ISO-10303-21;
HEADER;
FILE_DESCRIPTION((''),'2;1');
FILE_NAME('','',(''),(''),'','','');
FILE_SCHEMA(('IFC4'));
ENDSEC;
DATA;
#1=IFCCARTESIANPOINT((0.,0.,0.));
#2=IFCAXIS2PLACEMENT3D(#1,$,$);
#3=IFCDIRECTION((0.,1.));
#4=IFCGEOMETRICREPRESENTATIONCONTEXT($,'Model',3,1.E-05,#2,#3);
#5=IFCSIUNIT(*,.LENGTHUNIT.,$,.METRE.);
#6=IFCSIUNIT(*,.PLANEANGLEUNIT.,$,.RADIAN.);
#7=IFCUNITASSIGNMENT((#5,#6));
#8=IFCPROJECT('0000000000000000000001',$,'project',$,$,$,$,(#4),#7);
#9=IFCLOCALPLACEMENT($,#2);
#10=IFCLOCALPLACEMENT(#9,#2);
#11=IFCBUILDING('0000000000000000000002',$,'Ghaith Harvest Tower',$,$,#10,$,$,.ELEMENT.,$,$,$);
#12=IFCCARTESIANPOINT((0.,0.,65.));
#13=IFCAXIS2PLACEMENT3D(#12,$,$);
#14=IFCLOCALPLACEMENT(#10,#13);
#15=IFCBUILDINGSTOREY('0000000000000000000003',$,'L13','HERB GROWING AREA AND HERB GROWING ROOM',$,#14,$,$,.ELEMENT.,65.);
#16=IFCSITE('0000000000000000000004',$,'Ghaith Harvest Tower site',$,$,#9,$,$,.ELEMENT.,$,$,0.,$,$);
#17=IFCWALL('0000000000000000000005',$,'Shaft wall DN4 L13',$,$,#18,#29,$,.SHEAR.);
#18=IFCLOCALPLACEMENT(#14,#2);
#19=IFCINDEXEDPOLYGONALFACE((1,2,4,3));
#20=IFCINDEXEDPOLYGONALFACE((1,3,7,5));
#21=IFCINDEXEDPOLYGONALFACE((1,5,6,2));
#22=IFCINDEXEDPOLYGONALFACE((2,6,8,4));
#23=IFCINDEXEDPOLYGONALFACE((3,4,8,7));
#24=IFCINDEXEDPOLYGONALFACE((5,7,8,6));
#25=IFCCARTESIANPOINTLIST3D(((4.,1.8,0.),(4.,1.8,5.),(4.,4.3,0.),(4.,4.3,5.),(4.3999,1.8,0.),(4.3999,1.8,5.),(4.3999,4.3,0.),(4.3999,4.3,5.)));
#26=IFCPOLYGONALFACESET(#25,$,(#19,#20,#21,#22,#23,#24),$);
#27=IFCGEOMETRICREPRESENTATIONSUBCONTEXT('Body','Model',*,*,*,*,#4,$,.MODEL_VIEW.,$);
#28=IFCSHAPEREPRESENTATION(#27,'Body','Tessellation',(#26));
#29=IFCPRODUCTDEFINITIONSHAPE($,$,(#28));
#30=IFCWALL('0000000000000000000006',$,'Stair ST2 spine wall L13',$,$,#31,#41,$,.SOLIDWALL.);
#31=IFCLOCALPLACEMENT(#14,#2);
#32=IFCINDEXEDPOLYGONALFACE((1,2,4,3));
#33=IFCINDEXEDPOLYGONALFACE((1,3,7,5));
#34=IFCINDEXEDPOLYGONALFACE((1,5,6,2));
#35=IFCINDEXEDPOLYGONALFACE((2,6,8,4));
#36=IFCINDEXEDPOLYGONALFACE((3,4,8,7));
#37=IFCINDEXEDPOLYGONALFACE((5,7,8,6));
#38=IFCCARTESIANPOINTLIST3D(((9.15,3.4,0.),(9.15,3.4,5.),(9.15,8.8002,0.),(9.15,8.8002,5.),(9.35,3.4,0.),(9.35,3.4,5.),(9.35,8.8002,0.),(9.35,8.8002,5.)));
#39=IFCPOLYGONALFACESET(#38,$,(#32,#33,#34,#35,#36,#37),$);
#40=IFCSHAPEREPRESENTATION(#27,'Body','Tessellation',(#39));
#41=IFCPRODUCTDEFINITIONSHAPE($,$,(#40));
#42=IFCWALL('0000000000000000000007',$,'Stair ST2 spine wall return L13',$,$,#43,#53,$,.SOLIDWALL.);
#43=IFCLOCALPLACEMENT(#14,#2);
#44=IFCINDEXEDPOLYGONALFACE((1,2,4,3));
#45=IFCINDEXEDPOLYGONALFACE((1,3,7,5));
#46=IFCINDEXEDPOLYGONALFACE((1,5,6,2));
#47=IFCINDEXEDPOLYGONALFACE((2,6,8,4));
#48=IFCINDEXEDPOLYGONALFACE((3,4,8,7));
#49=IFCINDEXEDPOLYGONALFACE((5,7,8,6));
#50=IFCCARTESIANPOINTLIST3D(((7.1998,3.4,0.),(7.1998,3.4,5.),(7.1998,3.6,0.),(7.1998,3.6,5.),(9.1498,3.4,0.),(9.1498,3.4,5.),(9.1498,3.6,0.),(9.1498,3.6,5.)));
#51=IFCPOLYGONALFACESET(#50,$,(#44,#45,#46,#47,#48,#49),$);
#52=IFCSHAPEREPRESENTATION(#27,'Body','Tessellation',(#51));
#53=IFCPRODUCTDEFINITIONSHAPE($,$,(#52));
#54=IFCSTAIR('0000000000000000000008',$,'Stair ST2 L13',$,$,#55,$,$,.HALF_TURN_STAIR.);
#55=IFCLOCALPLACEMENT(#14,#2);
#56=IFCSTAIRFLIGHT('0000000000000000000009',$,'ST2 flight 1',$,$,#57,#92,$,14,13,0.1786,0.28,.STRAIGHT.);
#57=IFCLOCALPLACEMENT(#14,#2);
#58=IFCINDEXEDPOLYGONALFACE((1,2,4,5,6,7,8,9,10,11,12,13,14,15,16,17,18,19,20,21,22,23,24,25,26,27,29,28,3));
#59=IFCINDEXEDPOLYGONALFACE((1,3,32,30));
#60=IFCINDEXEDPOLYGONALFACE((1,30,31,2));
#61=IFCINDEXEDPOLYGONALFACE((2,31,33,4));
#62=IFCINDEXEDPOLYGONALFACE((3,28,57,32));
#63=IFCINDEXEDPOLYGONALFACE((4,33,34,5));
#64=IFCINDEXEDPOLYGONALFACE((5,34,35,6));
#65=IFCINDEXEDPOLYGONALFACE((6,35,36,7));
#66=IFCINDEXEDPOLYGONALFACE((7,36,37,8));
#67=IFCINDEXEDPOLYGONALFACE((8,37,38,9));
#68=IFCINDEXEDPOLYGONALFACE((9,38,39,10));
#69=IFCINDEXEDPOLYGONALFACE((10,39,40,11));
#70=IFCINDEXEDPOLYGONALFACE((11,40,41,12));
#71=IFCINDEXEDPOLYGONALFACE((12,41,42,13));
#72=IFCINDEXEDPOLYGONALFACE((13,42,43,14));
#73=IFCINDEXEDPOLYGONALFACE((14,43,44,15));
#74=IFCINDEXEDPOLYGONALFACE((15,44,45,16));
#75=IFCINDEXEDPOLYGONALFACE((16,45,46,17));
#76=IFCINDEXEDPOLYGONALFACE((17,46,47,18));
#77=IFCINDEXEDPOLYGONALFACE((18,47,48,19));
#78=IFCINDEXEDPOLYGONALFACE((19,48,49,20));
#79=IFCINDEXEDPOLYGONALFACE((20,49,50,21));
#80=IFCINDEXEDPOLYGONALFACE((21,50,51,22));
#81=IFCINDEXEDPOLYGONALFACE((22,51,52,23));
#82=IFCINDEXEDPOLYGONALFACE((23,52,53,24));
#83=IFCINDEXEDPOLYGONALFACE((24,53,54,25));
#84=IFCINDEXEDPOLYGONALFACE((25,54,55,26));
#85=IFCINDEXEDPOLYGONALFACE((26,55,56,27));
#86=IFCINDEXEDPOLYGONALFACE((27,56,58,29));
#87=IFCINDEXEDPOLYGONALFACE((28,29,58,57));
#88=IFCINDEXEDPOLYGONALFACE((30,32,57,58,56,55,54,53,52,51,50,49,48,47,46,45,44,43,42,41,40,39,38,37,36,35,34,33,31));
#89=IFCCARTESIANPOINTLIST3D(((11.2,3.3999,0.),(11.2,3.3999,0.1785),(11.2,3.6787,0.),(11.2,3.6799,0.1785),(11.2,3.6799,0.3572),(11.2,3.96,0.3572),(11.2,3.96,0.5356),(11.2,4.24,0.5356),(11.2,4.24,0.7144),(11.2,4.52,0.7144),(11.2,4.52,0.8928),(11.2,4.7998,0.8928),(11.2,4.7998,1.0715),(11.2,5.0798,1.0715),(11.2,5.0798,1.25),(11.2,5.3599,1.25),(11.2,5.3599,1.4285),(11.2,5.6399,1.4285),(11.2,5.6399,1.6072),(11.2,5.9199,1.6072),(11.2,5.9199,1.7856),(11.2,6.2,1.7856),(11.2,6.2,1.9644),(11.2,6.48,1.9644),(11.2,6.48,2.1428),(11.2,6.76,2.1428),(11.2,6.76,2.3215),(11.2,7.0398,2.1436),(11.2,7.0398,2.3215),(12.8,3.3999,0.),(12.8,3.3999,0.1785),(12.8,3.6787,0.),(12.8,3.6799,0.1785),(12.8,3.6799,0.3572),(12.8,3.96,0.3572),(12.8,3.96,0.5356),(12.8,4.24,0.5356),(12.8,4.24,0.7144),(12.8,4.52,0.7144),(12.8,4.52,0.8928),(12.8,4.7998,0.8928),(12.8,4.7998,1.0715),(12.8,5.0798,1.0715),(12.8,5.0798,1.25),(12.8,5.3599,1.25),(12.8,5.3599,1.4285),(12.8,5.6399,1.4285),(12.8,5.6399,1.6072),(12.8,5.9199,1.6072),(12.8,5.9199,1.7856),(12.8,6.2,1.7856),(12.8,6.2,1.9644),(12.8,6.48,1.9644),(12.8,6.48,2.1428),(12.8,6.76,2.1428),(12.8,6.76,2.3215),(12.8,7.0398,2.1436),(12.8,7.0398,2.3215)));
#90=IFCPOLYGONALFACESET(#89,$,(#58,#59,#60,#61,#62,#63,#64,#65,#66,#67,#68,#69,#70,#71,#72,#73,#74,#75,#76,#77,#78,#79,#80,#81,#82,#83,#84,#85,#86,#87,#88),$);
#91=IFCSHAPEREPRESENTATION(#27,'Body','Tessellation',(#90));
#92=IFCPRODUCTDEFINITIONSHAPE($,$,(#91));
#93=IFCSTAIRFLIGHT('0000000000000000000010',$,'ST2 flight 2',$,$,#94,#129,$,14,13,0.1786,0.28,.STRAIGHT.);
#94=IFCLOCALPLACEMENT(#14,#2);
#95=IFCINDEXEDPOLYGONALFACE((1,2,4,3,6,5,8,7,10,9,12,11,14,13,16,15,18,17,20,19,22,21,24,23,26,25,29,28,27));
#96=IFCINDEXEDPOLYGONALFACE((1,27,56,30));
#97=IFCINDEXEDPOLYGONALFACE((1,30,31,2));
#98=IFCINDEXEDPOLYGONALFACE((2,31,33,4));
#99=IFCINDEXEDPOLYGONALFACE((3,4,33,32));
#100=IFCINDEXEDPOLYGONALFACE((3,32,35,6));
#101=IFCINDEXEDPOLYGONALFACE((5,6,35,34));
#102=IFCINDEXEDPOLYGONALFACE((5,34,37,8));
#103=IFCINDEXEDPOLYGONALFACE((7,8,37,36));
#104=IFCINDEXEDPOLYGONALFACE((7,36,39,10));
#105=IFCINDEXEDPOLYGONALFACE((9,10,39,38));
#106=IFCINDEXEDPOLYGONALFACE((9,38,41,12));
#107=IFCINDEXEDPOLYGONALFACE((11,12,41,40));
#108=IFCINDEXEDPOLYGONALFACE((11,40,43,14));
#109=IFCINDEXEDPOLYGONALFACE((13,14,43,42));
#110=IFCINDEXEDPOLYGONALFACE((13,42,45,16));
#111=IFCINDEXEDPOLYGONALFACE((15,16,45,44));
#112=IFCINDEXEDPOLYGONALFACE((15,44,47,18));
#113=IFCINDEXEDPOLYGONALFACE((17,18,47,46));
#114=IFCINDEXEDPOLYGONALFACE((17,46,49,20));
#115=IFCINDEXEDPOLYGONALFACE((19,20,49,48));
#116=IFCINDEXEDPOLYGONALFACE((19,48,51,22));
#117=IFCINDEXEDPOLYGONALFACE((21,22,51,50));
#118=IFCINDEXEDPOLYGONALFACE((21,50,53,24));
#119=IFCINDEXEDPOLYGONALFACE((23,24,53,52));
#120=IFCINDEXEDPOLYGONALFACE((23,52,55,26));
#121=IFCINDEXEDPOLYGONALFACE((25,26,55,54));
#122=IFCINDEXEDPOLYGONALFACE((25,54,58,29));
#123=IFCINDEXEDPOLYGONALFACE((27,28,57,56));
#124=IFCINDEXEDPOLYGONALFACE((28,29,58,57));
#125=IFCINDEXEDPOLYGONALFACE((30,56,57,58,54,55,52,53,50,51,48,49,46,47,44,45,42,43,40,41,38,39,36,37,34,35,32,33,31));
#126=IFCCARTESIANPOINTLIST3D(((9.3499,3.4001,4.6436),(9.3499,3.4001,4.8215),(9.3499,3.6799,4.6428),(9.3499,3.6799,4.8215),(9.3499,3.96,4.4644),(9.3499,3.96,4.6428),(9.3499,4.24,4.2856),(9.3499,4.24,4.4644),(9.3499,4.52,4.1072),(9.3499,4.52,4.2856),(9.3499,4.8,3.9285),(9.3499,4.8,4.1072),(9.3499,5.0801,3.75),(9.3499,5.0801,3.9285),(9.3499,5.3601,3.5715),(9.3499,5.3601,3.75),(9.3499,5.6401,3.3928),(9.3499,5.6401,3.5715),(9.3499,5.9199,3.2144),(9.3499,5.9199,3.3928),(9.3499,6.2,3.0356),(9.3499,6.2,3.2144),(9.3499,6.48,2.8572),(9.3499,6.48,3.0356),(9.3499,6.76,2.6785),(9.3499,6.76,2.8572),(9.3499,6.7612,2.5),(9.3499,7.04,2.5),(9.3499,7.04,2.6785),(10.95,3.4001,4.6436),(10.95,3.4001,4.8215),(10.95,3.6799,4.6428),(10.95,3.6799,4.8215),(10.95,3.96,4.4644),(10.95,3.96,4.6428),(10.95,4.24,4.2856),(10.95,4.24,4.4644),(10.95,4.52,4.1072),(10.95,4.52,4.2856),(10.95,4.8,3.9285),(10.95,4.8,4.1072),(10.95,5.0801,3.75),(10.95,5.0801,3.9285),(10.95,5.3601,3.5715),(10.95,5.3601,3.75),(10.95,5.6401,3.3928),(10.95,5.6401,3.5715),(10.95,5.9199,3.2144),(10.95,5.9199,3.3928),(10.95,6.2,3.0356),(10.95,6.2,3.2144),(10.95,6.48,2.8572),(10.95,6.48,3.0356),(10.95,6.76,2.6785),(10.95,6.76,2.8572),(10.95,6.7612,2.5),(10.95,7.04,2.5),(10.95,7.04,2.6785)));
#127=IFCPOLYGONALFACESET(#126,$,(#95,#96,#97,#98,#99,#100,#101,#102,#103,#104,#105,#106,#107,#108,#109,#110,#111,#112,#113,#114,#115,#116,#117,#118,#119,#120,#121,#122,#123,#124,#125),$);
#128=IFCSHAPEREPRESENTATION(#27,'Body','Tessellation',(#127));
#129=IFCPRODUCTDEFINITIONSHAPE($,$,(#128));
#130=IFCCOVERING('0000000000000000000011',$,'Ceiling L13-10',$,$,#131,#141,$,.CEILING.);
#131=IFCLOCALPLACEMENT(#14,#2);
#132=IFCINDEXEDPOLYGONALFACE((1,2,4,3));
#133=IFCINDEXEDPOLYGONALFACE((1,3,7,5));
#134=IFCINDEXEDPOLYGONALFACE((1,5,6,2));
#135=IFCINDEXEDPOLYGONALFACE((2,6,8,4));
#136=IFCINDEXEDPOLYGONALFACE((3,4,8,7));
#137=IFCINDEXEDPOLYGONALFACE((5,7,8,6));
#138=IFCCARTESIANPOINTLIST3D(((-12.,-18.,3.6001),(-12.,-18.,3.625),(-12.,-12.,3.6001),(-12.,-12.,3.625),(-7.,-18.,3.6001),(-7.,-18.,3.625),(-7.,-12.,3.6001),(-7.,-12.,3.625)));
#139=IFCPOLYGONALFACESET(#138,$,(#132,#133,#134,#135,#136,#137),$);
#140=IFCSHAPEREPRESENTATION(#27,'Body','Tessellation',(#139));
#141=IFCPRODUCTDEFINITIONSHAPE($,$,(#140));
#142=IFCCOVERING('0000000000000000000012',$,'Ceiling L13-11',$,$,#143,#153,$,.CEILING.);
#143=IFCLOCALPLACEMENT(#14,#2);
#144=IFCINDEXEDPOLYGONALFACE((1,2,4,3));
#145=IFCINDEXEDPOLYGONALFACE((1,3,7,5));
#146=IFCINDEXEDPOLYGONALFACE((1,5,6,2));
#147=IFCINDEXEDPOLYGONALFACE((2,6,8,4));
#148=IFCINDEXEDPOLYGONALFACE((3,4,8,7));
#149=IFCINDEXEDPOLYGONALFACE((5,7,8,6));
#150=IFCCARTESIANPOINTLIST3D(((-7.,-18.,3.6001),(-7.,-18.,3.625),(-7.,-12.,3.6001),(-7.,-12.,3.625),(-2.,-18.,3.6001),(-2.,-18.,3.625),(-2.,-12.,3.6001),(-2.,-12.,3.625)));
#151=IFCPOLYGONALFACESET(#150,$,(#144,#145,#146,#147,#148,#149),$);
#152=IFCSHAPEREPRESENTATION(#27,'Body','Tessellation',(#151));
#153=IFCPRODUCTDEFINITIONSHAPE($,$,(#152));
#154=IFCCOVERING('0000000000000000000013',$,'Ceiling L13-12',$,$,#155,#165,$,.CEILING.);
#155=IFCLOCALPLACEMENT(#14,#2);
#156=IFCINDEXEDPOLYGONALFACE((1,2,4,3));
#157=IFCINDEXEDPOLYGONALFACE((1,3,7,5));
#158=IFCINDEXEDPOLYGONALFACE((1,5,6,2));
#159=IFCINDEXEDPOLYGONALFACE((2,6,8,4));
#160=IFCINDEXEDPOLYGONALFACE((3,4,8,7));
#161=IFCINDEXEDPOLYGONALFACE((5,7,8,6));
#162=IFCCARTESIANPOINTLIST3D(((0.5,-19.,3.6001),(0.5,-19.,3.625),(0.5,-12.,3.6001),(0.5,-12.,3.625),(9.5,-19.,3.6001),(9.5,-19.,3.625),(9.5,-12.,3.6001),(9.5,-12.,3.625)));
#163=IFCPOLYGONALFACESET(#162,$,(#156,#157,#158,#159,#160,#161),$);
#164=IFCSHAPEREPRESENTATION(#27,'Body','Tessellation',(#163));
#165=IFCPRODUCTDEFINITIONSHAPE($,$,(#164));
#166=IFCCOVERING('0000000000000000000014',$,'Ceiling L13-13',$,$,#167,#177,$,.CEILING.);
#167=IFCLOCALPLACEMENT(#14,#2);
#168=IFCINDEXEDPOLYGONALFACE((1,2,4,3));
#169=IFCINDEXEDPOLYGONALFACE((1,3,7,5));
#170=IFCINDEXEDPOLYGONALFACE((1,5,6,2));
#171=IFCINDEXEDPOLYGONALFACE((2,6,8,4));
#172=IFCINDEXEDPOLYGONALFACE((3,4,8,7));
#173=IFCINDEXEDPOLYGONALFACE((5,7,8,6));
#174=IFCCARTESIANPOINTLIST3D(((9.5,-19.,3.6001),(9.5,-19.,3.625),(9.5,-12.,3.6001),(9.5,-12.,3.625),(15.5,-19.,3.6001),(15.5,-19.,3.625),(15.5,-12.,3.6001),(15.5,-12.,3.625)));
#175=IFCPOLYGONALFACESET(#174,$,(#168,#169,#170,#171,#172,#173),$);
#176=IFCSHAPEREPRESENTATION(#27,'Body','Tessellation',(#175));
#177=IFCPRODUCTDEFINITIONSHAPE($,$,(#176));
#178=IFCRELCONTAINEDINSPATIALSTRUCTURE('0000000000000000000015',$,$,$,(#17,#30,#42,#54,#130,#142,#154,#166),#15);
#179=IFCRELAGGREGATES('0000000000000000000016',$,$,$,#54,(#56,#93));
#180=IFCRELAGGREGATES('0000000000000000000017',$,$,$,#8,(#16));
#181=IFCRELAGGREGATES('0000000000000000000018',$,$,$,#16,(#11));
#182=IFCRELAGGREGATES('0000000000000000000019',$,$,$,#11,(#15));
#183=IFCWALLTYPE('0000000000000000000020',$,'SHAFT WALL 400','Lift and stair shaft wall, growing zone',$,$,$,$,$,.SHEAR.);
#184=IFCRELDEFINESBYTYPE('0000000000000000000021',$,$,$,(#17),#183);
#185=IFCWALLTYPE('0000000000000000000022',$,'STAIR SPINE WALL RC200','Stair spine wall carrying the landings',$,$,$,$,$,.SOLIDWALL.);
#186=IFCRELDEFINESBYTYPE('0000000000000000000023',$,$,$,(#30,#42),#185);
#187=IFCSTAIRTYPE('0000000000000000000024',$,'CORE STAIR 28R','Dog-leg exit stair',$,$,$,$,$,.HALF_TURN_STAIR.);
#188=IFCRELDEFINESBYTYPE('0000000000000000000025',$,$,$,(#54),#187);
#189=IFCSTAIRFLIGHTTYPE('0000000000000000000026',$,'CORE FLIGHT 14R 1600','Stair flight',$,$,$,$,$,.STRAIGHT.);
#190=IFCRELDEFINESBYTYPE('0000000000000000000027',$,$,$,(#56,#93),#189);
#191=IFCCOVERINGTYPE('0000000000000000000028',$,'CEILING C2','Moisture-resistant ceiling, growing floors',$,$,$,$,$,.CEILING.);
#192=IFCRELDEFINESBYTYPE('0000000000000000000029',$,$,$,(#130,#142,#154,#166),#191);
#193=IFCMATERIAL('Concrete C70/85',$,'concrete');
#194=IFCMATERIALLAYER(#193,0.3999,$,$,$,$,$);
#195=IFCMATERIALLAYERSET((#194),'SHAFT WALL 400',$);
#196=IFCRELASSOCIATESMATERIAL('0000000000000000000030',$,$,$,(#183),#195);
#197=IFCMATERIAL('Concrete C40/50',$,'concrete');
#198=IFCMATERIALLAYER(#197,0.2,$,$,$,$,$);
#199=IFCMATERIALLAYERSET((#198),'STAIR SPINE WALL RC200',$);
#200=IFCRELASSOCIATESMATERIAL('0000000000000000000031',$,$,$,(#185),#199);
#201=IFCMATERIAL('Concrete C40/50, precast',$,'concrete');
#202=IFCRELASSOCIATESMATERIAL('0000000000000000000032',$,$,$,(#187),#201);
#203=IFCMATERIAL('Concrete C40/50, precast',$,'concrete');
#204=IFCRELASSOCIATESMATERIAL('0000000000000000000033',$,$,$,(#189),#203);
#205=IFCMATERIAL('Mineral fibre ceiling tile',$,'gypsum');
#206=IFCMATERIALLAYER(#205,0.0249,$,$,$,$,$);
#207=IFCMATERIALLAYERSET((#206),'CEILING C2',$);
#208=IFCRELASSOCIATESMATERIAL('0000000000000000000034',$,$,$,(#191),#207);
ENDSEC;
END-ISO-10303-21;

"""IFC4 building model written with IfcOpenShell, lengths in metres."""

from ifc_helpers import new_model, si_unit, direction, frame, frame_2d, origin, place, context, subcontext, project, spatial, polyline, rectangle, outline, extrude, material, layer, layer_set, type_object, element, aggregate, save


model = new_model("IFC4")

# Units and contexts
model_context = context("Model", 3, precision=1e-05, world=origin(), true_north=direction((0.0, 1.0)))
body_context = subcontext(model_context, "Body", "Model", "MODEL_VIEW")
ifc_project = project(units=[si_unit("LENGTHUNIT", "METRE"), si_unit("PLANEANGLEUNIT", "RADIAN")], contexts=[model_context])

# Site, building, storey
site_placement = place(None, origin())
site = spatial("IfcSite", under=ifc_project, at=site_placement, Name="Ghaith Harvest Tower site", CompositionType="ELEMENT", RefElevation=0.0)
building_placement = place(site_placement, origin())
building = spatial("IfcBuilding", under=site, at=building_placement, Name="Ghaith Harvest Tower", CompositionType="ELEMENT")
storey_placement = place(building_placement, frame((0.0, 0.0, 65.0)))
storey = spatial("IfcBuildingStorey", under=building, at=storey_placement, Name="L13", Description="HERB GROWING AREA AND HERB GROWING ROOM", CompositionType="ELEMENT", Elevation=65.0)

# Shared definitions
ifc_material_1 = material(Name="Concrete C70/85", Category="concrete")
ifc_layer_1 = layer(ifc_material_1, 0.3999)
ifc_layer_set_1 = layer_set([ifc_layer_1], Name="SHAFT WALL 400")
wall_type_1 = type_object("IfcWallType", Name="SHAFT WALL 400", Description="Lift and stair shaft wall, growing zone", PredefinedType="SHEAR", material=ifc_layer_set_1)

# Walls
for number, where, z_axis, x_axis, name in (
    (1, (4.2, 1.8, 0.0), (0.0, 0.0, 1.0), (0.0, 1.0, 0.0), "Shaft wall DN4 L13"),
):
    element("IfcWall", number, at=place(storey_placement, frame(where, z_axis=z_axis, x_axis=x_axis)), inside=storey, type_object=wall_type_1, Name=name, PredefinedType="SHEAR", context=body_context, shape_type="SweptSolid", body=[
        extrude(rectangle(XDim=2.5, YDim=0.3999, at=frame_2d((1.25, 0.0))), origin(), (0.0, 0.0, 1.0), 5.0),
    ])
ifc_material_2 = material(Name="Concrete C40/50", Category="concrete")
ifc_layer_2 = layer(ifc_material_2, 0.2)
ifc_layer_set_2 = layer_set([ifc_layer_2], Name="STAIR SPINE WALL RC200")
wall_type_2 = type_object("IfcWallType", Name="STAIR SPINE WALL RC200", Description="Stair spine wall carrying the landings", PredefinedType="SOLIDWALL", material=ifc_layer_set_2)
wall_1_placement = place(storey_placement, frame((9.25, 3.3999, 0.0), z_axis=(0.0, 0.0, 1.0), x_axis=(0.0, 1.0, 0.0)))
element("IfcWall", 2, at=wall_1_placement, inside=storey, type_object=wall_type_2, Name="Stair ST2 spine wall L13", PredefinedType="SOLIDWALL", context=body_context, shape_type="SweptSolid", body=[
    extrude(rectangle(XDim=5.4001, YDim=0.2, at=frame_2d((2.7002, 0.0))), origin(), (0.0, 0.0, 1.0), 5.0),
])
wall_2_placement = place(storey_placement, frame((9.1499, 3.5, 0.0), z_axis=(0.0, 0.0, 1.0), x_axis=(-1.0, 0.0, 0.0)))
element("IfcWall", 3, at=wall_2_placement, inside=storey, type_object=wall_type_2, Name="Stair ST2 spine wall return L13", PredefinedType="SOLIDWALL", context=body_context, shape_type="SweptSolid", body=[
    extrude(rectangle(XDim=1.95, YDim=0.2, at=frame_2d((0.9751, 0.0))), origin(), (0.0, 0.0, 1.0), 5.0),
])

# Stair, stair flights
ifc_material_3 = material(Name="Concrete C40/50, precast", Category="concrete")
stair_type = type_object("IfcStairType", Name="CORE STAIR 28R", Description="Dog-leg exit stair", PredefinedType="HALF_TURN_STAIR", material=ifc_material_3)
stair_placement = place(storey_placement, origin())
stair = element("IfcStair", 4, at=stair_placement, inside=storey, type_object=stair_type, Name="Stair ST2 L13", PredefinedType="HALF_TURN_STAIR")
ifc_material_4 = material(Name="Concrete C40/50, precast", Category="concrete")
stair_flight_type = type_object("IfcStairFlightType", Name="CORE FLIGHT 14R 1600", Description="Stair flight", PredefinedType="STRAIGHT", material=ifc_material_4)
stair_flight_1_placement = place(storey_placement, frame((12.0, 3.3999, 0.0), z_axis=(0.0, 0.0, 1.0), x_axis=(0.0, 1.0, 0.0)))
stair_flight_1 = element("IfcStairFlight", 5, at=stair_flight_1_placement, type_object=stair_flight_type, Name="ST2 flight 1", NumberOfRisers=14, NumberOfTreads=13, PredefinedType="STRAIGHT", RiserHeight=0.1786, TreadLength=0.28, context=body_context, shape_type="SweptSolid", body=[
    extrude(outline(polyline([(0.0, 0.0), (0.0, 0.1785), (0.28, 0.1785), (0.28, 0.3572), (0.5601, 0.3572), (0.5601, 0.5356), (0.8401, 0.5356), (0.8401, 0.7144), (1.1201, 0.7144), (1.1201, 0.8928), (1.3999, 0.8928), (1.3999, 1.0715), (1.6799, 1.0715), (1.6799, 1.25), (1.96, 1.25), (1.96, 1.4285), (2.24, 1.4285), (2.24, 1.6072), (2.52, 1.6072), (2.52, 1.7856), (2.8, 1.7856), (2.8, 1.9644), (3.0801, 1.9644), (3.0801, 2.1428), (3.3601, 2.1428), (3.3601, 2.3215), (3.6399, 2.3215), (3.6399, 2.5), (3.6399, 2.1436), (0.2788, 0.0), (0.0, 0.0)])), frame((0.0, 0.8, 0.0), z_axis=(0.0, -1.0, 0.0), x_axis=(1.0, 0.0, 0.0)), (0.0, 0.0, 1.0), 1.6001),
])
stair_flight_2_placement = place(storey_placement, frame((10.1499, 7.04, 2.5), z_axis=(0.0, 0.0, 1.0), x_axis=(0.0, -1.0, 0.0)))
stair_flight_2 = element("IfcStairFlight", 6, at=stair_flight_2_placement, type_object=stair_flight_type, Name="ST2 flight 2", NumberOfRisers=14, NumberOfTreads=13, PredefinedType="STRAIGHT", RiserHeight=0.1786, TreadLength=0.28, context=body_context, shape_type="SweptSolid", body=[
    extrude(outline(polyline([(0.0, 0.0), (0.0, 0.1785), (0.28, 0.1785), (0.28, 0.3572), (0.5601, 0.3572), (0.5601, 0.5356), (0.8401, 0.5356), (0.8401, 0.7144), (1.1201, 0.7144), (1.1201, 0.8928), (1.3999, 0.8928), (1.3999, 1.0715), (1.6799, 1.0715), (1.6799, 1.25), (1.96, 1.25), (1.96, 1.4285), (2.24, 1.4285), (2.24, 1.6072), (2.52, 1.6072), (2.52, 1.7856), (2.8, 1.7856), (2.8, 1.9644), (3.0801, 1.9644), (3.0801, 2.1428), (3.3601, 2.1428), (3.3601, 2.3215), (3.6399, 2.3215), (3.6399, 2.5), (3.6399, 2.1436), (0.2788, 0.0), (0.0, 0.0)])), frame((0.0, 0.8, 0.0), z_axis=(0.0, -1.0, 0.0), x_axis=(1.0, 0.0, 0.0)), (0.0, 0.0, 1.0), 1.6001),
])
aggregate(stair, [stair_flight_1, stair_flight_2])

# Coverings
ifc_material_5 = material(Name="Mineral fibre ceiling tile", Category="gypsum")
ifc_layer_3 = layer(ifc_material_5, 0.0249)
ifc_layer_set_3 = layer_set([ifc_layer_3], Name="CEILING C2")
covering_type = type_object("IfcCoveringType", Name="CEILING C2", Description="Moisture-resistant ceiling, growing floors", PredefinedType="CEILING", material=ifc_layer_set_3)
covering_1_placement = place(storey_placement, frame((0.0, 0.0, 3.6001)))
element("IfcCovering", 7, at=covering_1_placement, inside=storey, type_object=covering_type, Name="Ceiling L13-10", PredefinedType="CEILING", context=body_context, shape_type="SweptSolid", body=[
    extrude(outline(polyline([(-12.0, -18.0), (-7.0, -18.0), (-7.0, -12.0), (-12.0, -12.0), (-12.0, -18.0)])), origin(), (0.0, 0.0, 1.0), 0.0249),
])
covering_2_placement = place(storey_placement, frame((0.0, 0.0, 3.6001)))
element("IfcCovering", 8, at=covering_2_placement, inside=storey, type_object=covering_type, Name="Ceiling L13-11", PredefinedType="CEILING", context=body_context, shape_type="SweptSolid", body=[
    extrude(outline(polyline([(-7.0, -18.0), (-2.0, -18.0), (-2.0, -12.0), (-7.0, -12.0), (-7.0, -18.0)])), origin(), (0.0, 0.0, 1.0), 0.0249),
])
covering_3_placement = place(storey_placement, frame((0.0, 0.0, 3.6001)))
element("IfcCovering", 9, at=covering_3_placement, inside=storey, type_object=covering_type, Name="Ceiling L13-12", PredefinedType="CEILING", context=body_context, shape_type="SweptSolid", body=[
    extrude(outline(polyline([(0.5, -19.0), (9.5, -19.0), (9.5, -12.0), (0.5, -12.0), (0.5, -19.0)])), origin(), (0.0, 0.0, 1.0), 0.0249),
])
covering_4_placement = place(storey_placement, frame((0.0, 0.0, 3.6001)))
element("IfcCovering", 10, at=covering_4_placement, inside=storey, type_object=covering_type, Name="Ceiling L13-13", PredefinedType="CEILING", context=body_context, shape_type="SweptSolid", body=[
    extrude(outline(polyline([(9.5, -19.0), (15.5, -19.0), (15.5, -12.0), (9.5, -12.0), (9.5, -19.0)])), origin(), (0.0, 0.0, 1.0), 0.0249),
])

save(model, "model.ifc")
